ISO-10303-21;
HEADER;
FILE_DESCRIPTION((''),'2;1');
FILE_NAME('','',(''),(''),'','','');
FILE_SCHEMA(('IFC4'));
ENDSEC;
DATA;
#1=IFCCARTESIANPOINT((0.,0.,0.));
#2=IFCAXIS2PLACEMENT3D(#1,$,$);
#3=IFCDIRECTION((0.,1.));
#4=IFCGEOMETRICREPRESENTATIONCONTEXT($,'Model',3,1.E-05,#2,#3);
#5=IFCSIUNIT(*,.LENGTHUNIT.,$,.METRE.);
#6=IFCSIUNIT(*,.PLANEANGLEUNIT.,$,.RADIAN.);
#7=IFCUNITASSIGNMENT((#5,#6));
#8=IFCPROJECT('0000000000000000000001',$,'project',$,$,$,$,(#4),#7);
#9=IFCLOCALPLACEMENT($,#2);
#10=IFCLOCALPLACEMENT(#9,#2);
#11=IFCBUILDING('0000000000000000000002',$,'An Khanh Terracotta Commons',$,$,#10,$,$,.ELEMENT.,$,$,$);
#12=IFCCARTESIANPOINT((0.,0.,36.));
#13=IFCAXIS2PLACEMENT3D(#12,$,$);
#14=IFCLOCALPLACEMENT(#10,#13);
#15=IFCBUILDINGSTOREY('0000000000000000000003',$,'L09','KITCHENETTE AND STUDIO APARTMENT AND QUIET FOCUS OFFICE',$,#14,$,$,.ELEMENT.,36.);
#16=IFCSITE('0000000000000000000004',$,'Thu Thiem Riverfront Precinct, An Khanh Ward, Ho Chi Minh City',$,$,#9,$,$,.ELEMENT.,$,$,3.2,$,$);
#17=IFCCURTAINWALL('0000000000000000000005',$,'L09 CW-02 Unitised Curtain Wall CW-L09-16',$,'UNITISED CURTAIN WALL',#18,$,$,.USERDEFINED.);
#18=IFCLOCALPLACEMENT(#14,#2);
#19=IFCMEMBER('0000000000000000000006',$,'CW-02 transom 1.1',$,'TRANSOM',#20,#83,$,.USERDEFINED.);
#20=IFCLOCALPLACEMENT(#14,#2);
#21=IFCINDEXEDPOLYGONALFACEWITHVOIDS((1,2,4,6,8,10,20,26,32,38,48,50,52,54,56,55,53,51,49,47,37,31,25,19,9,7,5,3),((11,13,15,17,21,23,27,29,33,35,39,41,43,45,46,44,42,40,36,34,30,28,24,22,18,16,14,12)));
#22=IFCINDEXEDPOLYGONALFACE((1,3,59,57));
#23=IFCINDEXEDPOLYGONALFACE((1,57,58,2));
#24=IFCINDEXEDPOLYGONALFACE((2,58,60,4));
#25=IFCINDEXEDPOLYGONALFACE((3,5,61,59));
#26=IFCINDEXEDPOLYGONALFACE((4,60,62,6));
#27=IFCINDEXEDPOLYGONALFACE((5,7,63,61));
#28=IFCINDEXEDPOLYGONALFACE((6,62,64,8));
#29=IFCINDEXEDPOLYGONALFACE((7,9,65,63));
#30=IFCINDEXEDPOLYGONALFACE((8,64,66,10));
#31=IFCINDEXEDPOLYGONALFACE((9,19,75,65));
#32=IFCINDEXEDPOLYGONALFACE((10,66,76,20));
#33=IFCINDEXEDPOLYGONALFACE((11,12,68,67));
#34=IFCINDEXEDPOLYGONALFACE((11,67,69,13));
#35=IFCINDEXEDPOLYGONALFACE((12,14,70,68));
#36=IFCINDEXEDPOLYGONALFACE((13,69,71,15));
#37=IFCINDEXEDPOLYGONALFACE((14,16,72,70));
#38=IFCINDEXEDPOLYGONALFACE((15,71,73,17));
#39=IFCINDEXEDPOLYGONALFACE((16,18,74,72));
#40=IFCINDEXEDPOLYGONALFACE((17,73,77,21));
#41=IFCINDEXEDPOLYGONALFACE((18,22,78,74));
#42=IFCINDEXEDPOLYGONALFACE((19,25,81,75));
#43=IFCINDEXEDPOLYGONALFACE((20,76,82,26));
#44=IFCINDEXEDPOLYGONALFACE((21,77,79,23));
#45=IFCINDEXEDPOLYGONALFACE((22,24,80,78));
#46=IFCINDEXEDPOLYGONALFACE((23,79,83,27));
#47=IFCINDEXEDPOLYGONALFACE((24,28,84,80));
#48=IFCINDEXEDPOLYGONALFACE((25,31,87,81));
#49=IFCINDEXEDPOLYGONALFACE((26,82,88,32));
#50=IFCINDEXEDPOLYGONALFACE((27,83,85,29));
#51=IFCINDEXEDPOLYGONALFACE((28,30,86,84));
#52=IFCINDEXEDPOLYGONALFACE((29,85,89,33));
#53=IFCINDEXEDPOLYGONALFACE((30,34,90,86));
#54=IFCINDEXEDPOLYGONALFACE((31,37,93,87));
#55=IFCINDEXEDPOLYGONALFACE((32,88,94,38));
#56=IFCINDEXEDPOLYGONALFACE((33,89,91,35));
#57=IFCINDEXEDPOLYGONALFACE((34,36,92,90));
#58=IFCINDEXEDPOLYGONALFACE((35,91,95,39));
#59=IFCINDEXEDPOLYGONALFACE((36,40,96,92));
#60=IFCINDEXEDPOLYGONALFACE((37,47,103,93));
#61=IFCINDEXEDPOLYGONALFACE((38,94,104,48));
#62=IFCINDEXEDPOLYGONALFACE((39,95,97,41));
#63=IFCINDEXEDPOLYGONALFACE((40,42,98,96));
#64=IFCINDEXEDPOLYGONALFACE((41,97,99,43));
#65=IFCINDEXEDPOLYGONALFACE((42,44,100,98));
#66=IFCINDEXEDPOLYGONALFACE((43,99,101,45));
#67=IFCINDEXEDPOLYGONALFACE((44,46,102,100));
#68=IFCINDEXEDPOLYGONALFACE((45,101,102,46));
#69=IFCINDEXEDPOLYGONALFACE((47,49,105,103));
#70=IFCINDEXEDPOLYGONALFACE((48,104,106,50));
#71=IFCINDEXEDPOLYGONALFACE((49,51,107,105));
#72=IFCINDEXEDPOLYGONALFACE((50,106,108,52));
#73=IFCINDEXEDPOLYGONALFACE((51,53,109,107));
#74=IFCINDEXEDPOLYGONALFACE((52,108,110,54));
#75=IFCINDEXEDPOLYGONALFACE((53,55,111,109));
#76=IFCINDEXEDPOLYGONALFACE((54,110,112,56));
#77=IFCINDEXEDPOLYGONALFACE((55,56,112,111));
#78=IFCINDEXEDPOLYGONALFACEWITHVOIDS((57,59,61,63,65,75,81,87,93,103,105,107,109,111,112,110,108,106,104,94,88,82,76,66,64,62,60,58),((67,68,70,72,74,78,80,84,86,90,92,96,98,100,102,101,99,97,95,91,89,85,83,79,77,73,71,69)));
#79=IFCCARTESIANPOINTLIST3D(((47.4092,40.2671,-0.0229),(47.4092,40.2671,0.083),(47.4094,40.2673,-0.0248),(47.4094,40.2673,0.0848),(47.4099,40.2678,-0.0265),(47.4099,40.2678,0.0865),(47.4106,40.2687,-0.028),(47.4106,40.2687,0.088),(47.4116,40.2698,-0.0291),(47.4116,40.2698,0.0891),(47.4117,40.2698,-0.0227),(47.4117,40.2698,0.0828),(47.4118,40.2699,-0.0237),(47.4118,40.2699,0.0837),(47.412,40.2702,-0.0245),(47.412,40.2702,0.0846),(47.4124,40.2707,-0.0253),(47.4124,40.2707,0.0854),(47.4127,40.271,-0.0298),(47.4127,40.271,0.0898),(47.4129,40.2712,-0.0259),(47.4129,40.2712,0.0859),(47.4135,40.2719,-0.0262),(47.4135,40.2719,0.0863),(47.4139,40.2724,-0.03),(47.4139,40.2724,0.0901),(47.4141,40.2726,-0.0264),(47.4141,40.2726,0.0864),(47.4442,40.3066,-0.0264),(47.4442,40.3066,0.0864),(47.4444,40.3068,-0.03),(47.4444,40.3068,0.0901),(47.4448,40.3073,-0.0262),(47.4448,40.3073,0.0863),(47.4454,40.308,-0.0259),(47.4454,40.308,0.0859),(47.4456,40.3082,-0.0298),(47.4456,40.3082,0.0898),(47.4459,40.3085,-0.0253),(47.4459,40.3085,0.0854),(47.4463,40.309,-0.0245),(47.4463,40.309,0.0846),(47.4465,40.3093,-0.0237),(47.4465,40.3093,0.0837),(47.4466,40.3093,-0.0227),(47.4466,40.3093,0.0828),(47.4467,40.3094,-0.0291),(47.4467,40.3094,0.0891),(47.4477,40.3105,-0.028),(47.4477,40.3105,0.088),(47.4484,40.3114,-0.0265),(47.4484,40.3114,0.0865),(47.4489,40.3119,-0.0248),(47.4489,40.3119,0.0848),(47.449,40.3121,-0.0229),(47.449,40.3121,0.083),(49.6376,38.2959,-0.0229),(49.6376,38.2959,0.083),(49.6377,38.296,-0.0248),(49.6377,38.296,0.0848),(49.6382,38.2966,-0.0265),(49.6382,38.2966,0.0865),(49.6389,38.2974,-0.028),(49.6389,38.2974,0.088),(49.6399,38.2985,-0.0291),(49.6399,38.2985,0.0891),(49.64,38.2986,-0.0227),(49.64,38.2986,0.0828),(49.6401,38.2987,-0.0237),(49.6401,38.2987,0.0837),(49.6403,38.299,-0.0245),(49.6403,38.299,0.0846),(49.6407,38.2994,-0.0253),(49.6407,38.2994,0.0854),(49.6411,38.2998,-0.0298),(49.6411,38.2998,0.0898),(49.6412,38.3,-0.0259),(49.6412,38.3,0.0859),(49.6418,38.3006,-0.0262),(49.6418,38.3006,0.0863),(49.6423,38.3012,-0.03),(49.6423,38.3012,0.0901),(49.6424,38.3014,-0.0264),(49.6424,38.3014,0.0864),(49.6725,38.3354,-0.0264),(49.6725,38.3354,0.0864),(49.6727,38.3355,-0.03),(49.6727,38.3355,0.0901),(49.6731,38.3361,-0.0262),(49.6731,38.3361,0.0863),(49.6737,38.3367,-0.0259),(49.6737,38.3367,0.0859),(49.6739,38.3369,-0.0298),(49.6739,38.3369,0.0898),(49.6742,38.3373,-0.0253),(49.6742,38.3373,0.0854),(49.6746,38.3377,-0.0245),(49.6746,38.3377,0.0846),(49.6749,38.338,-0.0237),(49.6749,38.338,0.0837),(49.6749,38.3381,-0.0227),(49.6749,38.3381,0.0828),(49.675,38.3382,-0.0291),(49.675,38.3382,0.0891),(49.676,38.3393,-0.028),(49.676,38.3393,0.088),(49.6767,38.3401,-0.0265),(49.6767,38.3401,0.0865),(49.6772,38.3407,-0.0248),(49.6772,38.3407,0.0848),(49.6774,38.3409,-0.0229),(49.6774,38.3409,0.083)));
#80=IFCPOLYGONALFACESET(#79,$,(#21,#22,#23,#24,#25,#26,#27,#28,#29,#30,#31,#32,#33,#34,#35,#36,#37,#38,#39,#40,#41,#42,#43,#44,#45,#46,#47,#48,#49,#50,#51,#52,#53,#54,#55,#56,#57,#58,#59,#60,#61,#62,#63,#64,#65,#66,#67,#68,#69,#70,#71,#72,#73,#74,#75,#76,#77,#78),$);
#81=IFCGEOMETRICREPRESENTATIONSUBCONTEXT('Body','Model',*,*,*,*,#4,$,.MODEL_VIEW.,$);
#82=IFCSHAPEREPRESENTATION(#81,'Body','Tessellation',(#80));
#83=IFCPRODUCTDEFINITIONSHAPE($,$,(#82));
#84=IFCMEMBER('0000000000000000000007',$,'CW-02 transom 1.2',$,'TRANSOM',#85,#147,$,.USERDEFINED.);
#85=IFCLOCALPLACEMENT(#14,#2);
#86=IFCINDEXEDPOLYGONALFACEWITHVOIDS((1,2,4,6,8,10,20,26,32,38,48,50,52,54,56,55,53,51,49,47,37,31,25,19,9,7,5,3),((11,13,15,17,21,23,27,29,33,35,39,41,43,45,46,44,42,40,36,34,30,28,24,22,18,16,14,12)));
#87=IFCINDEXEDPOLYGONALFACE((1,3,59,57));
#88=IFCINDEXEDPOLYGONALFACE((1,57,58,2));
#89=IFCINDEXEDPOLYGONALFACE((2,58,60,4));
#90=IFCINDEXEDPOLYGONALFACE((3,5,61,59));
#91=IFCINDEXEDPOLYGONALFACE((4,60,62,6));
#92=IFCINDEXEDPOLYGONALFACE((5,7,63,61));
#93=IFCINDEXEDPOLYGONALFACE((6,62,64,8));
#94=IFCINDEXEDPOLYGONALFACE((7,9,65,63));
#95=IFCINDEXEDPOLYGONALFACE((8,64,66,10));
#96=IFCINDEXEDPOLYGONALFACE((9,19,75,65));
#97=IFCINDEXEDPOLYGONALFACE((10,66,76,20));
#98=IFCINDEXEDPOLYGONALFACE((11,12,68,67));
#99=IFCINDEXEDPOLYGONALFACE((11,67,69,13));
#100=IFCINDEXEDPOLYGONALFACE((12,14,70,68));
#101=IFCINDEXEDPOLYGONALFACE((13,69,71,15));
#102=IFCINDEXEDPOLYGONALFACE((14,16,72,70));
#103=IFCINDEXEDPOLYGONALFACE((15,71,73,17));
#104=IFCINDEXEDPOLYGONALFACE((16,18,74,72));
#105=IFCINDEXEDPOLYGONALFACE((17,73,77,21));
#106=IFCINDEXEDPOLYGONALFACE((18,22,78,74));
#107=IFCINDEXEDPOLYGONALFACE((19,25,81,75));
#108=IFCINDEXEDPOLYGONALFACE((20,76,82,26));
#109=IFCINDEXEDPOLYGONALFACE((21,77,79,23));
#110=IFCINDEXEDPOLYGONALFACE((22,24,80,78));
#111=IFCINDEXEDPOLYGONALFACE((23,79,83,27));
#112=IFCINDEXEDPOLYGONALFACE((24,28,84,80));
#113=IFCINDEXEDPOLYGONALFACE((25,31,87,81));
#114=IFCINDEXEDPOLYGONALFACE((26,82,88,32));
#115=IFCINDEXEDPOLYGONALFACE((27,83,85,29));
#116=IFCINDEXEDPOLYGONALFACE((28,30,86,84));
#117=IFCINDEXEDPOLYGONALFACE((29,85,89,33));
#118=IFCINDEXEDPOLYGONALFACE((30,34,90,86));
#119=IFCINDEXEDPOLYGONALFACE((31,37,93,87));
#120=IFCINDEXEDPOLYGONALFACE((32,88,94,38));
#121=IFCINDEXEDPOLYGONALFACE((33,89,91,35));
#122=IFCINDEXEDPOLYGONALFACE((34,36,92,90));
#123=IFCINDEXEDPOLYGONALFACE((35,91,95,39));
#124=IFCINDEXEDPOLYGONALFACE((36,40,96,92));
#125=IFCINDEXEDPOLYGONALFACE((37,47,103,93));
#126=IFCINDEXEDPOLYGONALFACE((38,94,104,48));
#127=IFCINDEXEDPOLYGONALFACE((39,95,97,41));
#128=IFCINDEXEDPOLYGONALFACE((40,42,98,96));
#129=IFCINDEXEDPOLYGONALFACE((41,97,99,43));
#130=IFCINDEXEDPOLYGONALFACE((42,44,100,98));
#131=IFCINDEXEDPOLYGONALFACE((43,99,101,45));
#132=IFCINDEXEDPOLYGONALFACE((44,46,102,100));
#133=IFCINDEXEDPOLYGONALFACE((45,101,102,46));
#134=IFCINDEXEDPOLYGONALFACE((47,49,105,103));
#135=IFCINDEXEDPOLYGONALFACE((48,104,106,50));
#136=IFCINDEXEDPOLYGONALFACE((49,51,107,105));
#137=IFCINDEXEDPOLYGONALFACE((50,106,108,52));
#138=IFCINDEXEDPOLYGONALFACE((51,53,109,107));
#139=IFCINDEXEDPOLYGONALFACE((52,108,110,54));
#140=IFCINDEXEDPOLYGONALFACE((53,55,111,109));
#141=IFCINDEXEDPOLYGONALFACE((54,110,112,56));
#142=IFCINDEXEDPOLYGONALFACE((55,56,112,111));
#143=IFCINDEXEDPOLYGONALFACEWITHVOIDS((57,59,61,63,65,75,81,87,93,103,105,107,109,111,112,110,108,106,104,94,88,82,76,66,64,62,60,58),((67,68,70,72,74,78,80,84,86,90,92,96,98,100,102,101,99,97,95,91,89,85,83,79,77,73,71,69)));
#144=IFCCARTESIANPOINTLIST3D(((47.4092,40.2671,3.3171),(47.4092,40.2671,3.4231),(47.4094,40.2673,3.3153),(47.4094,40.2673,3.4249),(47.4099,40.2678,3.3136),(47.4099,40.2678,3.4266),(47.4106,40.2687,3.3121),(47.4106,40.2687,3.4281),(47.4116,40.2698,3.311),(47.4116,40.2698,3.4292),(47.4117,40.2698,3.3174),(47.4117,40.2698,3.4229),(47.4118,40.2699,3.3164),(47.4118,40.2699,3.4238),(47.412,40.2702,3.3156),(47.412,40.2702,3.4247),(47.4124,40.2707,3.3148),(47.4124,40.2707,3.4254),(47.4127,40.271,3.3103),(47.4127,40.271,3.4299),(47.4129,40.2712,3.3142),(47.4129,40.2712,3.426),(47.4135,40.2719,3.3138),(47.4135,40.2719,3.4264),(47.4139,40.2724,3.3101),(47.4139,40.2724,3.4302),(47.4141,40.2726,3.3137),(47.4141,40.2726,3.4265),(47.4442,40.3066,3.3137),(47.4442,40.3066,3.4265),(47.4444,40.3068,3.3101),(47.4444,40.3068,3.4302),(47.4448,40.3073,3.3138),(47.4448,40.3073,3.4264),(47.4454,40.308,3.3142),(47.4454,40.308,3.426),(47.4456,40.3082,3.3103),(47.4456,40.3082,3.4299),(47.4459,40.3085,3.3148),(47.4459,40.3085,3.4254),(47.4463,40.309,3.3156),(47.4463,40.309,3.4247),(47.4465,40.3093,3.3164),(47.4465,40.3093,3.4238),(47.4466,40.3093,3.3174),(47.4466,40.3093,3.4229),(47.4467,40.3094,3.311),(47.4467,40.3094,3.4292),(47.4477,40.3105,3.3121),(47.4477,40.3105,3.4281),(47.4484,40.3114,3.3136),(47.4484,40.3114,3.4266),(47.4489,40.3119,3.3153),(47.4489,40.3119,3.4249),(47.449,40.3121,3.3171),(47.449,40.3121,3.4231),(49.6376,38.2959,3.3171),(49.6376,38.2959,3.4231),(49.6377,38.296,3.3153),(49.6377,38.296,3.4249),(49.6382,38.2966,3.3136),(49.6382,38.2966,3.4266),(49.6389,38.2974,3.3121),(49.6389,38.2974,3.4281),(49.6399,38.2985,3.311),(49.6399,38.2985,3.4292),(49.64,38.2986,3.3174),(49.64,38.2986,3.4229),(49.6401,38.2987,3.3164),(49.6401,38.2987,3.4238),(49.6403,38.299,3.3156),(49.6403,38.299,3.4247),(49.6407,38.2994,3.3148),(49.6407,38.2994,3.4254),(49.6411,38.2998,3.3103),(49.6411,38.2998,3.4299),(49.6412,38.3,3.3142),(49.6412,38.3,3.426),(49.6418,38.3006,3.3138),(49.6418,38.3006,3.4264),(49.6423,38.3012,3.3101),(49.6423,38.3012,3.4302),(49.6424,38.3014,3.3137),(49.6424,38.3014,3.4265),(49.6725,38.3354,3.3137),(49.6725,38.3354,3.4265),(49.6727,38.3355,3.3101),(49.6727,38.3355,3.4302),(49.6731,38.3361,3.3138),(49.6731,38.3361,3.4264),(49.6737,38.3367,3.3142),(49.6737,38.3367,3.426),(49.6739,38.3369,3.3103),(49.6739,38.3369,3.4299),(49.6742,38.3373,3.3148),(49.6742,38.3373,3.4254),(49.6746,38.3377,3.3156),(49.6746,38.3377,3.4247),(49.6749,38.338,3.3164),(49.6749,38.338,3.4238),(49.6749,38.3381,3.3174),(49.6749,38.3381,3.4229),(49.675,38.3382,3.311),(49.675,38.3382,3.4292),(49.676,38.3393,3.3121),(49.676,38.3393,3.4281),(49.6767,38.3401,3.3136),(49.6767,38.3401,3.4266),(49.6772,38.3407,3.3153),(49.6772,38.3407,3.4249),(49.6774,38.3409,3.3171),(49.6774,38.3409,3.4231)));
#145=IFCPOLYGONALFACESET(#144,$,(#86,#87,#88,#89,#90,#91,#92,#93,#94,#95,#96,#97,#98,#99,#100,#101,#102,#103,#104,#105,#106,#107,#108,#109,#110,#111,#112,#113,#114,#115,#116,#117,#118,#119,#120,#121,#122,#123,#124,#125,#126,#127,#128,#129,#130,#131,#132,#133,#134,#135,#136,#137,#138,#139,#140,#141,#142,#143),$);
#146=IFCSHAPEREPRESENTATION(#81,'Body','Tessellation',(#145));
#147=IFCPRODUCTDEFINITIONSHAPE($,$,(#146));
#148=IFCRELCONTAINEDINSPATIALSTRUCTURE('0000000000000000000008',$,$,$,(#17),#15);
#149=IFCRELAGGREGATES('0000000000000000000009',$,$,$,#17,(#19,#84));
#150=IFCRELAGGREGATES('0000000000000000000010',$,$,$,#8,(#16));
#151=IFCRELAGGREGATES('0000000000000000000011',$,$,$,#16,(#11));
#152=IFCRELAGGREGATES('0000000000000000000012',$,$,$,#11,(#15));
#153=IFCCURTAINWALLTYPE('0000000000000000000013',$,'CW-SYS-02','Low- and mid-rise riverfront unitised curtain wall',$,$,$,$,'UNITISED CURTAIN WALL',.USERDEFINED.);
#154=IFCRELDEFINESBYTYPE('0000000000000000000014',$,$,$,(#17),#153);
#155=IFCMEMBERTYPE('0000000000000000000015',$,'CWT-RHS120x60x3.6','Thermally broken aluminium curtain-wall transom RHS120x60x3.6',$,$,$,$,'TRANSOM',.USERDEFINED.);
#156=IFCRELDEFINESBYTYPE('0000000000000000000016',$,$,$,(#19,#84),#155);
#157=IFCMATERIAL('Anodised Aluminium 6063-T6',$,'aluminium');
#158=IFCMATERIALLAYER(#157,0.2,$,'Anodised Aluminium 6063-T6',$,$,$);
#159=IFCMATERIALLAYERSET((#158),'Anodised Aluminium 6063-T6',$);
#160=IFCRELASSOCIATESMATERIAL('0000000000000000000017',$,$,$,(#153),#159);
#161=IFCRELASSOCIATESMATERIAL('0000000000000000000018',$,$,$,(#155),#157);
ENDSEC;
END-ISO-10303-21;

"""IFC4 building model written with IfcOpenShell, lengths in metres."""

from ifc_helpers import new_model, si_unit, direction, frame, origin, origin_2d, place, context, subcontext, project, spatial, hollow_rectangle, extrude, material, layer, layer_set, material_profile, profile_set, type_object, element, aggregate, save


model = new_model("IFC4")

# Units and contexts
model_context = context("Model", 3, precision=1e-05, world=origin(), true_north=direction((0.0, 1.0)))
body_context = subcontext(model_context, "Body", "Model", "MODEL_VIEW")
ifc_project = project(units=[si_unit("LENGTHUNIT", "METRE"), si_unit("PLANEANGLEUNIT", "RADIAN")], contexts=[model_context])

# Site, building, storey
site_placement = place(None, origin())
site = spatial("IfcSite", under=ifc_project, at=site_placement, Name="Thu Thiem Riverfront Precinct, An Khanh Ward, Ho Chi Minh City", CompositionType="ELEMENT", RefElevation=3.2)
building_placement = place(site_placement, origin())
building = spatial("IfcBuilding", under=site, at=building_placement, Name="An Khanh Terracotta Commons", CompositionType="ELEMENT")
storey_placement = place(building_placement, frame((0.0, 0.0, 36.0)))
storey = spatial("IfcBuildingStorey", under=building, at=storey_placement, Name="L09", Description="KITCHENETTE AND STUDIO APARTMENT AND QUIET FOCUS OFFICE", CompositionType="ELEMENT", Elevation=36.0)

# Curtain wall, members
ifc_material_1 = material(Name="Anodised Aluminium 6063-T6", Category="aluminium")
ifc_layer_1 = layer(ifc_material_1, 0.2, Name="Anodised Aluminium 6063-T6")
ifc_layer_set_1 = layer_set([ifc_layer_1], Name="Anodised Aluminium 6063-T6")
curtain_wall_type = type_object("IfcCurtainWallType", Name="CW-SYS-02", Description="Low- and mid-rise riverfront unitised curtain wall", ElementType="UNITISED CURTAIN WALL", PredefinedType="USERDEFINED", material=ifc_layer_set_1)
curtain_wall_placement = place(storey_placement, origin())
curtain_wall = element("IfcCurtainWall", 1, at=curtain_wall_placement, inside=storey, type_object=curtain_wall_type, Name="L09 CW-02 Unitised Curtain Wall CW-L09-16", ObjectType="UNITISED CURTAIN WALL", PredefinedType="USERDEFINED")
ifc_material_profile_1 = material_profile(ifc_material_1, hollow_rectangle(XDim=0.0601, YDim=0.1201, WallThickness=0.0037, InnerFilletRadius=0.0037, OuterFilletRadius=0.0071, at=origin_2d()), Name="RHS120x60x3.6")
ifc_profile_set_1 = profile_set([ifc_material_profile_1], Name="Anodised Aluminium 6063-T6")
member_type_1 = type_object("IfcMemberType", Name="CWT-RHS120x60x3.6", Description="Thermally broken aluminium curtain-wall transom RHS120x60x3.6", ElementType="TRANSOM", PredefinedType="USERDEFINED", material=ifc_profile_set_1)
member_1_placement = place(storey_placement, frame((49.6575, 38.3184, 0.03), z_axis=(-0.748992, 0.662579, 0.0), x_axis=(-0.662579, -0.748992, 0.0)))
member_1 = element("IfcMember", 2, at=member_1_placement, type_object=member_type_1, Name="CW-02 transom 1.1", ObjectType="TRANSOM", PredefinedType="USERDEFINED", context=body_context, shape_type="SweptSolid", body=[
    extrude(hollow_rectangle(XDim=0.0601, YDim=0.1201, WallThickness=0.0037, InnerFilletRadius=0.0037, OuterFilletRadius=0.0071, at=origin_2d()), origin(), (0.0, 0.0, 1.0), 2.9751),
])
member_2_placement = place(storey_placement, frame((49.6575, 38.3184, 3.3701), z_axis=(-0.748992, 0.662579, 0.0), x_axis=(-0.662579, -0.748992, 0.0)))
member_2 = element("IfcMember", 3, at=member_2_placement, type_object=member_type_1, Name="CW-02 transom 1.2", ObjectType="TRANSOM", PredefinedType="USERDEFINED", context=body_context, shape_type="SweptSolid", body=[
    extrude(hollow_rectangle(XDim=0.0601, YDim=0.1201, WallThickness=0.0037, InnerFilletRadius=0.0037, OuterFilletRadius=0.0071, at=origin_2d()), origin(), (0.0, 0.0, 1.0), 2.9751),
])
aggregate(curtain_wall, [member_1, member_2])

save(model, "model.ifc")
